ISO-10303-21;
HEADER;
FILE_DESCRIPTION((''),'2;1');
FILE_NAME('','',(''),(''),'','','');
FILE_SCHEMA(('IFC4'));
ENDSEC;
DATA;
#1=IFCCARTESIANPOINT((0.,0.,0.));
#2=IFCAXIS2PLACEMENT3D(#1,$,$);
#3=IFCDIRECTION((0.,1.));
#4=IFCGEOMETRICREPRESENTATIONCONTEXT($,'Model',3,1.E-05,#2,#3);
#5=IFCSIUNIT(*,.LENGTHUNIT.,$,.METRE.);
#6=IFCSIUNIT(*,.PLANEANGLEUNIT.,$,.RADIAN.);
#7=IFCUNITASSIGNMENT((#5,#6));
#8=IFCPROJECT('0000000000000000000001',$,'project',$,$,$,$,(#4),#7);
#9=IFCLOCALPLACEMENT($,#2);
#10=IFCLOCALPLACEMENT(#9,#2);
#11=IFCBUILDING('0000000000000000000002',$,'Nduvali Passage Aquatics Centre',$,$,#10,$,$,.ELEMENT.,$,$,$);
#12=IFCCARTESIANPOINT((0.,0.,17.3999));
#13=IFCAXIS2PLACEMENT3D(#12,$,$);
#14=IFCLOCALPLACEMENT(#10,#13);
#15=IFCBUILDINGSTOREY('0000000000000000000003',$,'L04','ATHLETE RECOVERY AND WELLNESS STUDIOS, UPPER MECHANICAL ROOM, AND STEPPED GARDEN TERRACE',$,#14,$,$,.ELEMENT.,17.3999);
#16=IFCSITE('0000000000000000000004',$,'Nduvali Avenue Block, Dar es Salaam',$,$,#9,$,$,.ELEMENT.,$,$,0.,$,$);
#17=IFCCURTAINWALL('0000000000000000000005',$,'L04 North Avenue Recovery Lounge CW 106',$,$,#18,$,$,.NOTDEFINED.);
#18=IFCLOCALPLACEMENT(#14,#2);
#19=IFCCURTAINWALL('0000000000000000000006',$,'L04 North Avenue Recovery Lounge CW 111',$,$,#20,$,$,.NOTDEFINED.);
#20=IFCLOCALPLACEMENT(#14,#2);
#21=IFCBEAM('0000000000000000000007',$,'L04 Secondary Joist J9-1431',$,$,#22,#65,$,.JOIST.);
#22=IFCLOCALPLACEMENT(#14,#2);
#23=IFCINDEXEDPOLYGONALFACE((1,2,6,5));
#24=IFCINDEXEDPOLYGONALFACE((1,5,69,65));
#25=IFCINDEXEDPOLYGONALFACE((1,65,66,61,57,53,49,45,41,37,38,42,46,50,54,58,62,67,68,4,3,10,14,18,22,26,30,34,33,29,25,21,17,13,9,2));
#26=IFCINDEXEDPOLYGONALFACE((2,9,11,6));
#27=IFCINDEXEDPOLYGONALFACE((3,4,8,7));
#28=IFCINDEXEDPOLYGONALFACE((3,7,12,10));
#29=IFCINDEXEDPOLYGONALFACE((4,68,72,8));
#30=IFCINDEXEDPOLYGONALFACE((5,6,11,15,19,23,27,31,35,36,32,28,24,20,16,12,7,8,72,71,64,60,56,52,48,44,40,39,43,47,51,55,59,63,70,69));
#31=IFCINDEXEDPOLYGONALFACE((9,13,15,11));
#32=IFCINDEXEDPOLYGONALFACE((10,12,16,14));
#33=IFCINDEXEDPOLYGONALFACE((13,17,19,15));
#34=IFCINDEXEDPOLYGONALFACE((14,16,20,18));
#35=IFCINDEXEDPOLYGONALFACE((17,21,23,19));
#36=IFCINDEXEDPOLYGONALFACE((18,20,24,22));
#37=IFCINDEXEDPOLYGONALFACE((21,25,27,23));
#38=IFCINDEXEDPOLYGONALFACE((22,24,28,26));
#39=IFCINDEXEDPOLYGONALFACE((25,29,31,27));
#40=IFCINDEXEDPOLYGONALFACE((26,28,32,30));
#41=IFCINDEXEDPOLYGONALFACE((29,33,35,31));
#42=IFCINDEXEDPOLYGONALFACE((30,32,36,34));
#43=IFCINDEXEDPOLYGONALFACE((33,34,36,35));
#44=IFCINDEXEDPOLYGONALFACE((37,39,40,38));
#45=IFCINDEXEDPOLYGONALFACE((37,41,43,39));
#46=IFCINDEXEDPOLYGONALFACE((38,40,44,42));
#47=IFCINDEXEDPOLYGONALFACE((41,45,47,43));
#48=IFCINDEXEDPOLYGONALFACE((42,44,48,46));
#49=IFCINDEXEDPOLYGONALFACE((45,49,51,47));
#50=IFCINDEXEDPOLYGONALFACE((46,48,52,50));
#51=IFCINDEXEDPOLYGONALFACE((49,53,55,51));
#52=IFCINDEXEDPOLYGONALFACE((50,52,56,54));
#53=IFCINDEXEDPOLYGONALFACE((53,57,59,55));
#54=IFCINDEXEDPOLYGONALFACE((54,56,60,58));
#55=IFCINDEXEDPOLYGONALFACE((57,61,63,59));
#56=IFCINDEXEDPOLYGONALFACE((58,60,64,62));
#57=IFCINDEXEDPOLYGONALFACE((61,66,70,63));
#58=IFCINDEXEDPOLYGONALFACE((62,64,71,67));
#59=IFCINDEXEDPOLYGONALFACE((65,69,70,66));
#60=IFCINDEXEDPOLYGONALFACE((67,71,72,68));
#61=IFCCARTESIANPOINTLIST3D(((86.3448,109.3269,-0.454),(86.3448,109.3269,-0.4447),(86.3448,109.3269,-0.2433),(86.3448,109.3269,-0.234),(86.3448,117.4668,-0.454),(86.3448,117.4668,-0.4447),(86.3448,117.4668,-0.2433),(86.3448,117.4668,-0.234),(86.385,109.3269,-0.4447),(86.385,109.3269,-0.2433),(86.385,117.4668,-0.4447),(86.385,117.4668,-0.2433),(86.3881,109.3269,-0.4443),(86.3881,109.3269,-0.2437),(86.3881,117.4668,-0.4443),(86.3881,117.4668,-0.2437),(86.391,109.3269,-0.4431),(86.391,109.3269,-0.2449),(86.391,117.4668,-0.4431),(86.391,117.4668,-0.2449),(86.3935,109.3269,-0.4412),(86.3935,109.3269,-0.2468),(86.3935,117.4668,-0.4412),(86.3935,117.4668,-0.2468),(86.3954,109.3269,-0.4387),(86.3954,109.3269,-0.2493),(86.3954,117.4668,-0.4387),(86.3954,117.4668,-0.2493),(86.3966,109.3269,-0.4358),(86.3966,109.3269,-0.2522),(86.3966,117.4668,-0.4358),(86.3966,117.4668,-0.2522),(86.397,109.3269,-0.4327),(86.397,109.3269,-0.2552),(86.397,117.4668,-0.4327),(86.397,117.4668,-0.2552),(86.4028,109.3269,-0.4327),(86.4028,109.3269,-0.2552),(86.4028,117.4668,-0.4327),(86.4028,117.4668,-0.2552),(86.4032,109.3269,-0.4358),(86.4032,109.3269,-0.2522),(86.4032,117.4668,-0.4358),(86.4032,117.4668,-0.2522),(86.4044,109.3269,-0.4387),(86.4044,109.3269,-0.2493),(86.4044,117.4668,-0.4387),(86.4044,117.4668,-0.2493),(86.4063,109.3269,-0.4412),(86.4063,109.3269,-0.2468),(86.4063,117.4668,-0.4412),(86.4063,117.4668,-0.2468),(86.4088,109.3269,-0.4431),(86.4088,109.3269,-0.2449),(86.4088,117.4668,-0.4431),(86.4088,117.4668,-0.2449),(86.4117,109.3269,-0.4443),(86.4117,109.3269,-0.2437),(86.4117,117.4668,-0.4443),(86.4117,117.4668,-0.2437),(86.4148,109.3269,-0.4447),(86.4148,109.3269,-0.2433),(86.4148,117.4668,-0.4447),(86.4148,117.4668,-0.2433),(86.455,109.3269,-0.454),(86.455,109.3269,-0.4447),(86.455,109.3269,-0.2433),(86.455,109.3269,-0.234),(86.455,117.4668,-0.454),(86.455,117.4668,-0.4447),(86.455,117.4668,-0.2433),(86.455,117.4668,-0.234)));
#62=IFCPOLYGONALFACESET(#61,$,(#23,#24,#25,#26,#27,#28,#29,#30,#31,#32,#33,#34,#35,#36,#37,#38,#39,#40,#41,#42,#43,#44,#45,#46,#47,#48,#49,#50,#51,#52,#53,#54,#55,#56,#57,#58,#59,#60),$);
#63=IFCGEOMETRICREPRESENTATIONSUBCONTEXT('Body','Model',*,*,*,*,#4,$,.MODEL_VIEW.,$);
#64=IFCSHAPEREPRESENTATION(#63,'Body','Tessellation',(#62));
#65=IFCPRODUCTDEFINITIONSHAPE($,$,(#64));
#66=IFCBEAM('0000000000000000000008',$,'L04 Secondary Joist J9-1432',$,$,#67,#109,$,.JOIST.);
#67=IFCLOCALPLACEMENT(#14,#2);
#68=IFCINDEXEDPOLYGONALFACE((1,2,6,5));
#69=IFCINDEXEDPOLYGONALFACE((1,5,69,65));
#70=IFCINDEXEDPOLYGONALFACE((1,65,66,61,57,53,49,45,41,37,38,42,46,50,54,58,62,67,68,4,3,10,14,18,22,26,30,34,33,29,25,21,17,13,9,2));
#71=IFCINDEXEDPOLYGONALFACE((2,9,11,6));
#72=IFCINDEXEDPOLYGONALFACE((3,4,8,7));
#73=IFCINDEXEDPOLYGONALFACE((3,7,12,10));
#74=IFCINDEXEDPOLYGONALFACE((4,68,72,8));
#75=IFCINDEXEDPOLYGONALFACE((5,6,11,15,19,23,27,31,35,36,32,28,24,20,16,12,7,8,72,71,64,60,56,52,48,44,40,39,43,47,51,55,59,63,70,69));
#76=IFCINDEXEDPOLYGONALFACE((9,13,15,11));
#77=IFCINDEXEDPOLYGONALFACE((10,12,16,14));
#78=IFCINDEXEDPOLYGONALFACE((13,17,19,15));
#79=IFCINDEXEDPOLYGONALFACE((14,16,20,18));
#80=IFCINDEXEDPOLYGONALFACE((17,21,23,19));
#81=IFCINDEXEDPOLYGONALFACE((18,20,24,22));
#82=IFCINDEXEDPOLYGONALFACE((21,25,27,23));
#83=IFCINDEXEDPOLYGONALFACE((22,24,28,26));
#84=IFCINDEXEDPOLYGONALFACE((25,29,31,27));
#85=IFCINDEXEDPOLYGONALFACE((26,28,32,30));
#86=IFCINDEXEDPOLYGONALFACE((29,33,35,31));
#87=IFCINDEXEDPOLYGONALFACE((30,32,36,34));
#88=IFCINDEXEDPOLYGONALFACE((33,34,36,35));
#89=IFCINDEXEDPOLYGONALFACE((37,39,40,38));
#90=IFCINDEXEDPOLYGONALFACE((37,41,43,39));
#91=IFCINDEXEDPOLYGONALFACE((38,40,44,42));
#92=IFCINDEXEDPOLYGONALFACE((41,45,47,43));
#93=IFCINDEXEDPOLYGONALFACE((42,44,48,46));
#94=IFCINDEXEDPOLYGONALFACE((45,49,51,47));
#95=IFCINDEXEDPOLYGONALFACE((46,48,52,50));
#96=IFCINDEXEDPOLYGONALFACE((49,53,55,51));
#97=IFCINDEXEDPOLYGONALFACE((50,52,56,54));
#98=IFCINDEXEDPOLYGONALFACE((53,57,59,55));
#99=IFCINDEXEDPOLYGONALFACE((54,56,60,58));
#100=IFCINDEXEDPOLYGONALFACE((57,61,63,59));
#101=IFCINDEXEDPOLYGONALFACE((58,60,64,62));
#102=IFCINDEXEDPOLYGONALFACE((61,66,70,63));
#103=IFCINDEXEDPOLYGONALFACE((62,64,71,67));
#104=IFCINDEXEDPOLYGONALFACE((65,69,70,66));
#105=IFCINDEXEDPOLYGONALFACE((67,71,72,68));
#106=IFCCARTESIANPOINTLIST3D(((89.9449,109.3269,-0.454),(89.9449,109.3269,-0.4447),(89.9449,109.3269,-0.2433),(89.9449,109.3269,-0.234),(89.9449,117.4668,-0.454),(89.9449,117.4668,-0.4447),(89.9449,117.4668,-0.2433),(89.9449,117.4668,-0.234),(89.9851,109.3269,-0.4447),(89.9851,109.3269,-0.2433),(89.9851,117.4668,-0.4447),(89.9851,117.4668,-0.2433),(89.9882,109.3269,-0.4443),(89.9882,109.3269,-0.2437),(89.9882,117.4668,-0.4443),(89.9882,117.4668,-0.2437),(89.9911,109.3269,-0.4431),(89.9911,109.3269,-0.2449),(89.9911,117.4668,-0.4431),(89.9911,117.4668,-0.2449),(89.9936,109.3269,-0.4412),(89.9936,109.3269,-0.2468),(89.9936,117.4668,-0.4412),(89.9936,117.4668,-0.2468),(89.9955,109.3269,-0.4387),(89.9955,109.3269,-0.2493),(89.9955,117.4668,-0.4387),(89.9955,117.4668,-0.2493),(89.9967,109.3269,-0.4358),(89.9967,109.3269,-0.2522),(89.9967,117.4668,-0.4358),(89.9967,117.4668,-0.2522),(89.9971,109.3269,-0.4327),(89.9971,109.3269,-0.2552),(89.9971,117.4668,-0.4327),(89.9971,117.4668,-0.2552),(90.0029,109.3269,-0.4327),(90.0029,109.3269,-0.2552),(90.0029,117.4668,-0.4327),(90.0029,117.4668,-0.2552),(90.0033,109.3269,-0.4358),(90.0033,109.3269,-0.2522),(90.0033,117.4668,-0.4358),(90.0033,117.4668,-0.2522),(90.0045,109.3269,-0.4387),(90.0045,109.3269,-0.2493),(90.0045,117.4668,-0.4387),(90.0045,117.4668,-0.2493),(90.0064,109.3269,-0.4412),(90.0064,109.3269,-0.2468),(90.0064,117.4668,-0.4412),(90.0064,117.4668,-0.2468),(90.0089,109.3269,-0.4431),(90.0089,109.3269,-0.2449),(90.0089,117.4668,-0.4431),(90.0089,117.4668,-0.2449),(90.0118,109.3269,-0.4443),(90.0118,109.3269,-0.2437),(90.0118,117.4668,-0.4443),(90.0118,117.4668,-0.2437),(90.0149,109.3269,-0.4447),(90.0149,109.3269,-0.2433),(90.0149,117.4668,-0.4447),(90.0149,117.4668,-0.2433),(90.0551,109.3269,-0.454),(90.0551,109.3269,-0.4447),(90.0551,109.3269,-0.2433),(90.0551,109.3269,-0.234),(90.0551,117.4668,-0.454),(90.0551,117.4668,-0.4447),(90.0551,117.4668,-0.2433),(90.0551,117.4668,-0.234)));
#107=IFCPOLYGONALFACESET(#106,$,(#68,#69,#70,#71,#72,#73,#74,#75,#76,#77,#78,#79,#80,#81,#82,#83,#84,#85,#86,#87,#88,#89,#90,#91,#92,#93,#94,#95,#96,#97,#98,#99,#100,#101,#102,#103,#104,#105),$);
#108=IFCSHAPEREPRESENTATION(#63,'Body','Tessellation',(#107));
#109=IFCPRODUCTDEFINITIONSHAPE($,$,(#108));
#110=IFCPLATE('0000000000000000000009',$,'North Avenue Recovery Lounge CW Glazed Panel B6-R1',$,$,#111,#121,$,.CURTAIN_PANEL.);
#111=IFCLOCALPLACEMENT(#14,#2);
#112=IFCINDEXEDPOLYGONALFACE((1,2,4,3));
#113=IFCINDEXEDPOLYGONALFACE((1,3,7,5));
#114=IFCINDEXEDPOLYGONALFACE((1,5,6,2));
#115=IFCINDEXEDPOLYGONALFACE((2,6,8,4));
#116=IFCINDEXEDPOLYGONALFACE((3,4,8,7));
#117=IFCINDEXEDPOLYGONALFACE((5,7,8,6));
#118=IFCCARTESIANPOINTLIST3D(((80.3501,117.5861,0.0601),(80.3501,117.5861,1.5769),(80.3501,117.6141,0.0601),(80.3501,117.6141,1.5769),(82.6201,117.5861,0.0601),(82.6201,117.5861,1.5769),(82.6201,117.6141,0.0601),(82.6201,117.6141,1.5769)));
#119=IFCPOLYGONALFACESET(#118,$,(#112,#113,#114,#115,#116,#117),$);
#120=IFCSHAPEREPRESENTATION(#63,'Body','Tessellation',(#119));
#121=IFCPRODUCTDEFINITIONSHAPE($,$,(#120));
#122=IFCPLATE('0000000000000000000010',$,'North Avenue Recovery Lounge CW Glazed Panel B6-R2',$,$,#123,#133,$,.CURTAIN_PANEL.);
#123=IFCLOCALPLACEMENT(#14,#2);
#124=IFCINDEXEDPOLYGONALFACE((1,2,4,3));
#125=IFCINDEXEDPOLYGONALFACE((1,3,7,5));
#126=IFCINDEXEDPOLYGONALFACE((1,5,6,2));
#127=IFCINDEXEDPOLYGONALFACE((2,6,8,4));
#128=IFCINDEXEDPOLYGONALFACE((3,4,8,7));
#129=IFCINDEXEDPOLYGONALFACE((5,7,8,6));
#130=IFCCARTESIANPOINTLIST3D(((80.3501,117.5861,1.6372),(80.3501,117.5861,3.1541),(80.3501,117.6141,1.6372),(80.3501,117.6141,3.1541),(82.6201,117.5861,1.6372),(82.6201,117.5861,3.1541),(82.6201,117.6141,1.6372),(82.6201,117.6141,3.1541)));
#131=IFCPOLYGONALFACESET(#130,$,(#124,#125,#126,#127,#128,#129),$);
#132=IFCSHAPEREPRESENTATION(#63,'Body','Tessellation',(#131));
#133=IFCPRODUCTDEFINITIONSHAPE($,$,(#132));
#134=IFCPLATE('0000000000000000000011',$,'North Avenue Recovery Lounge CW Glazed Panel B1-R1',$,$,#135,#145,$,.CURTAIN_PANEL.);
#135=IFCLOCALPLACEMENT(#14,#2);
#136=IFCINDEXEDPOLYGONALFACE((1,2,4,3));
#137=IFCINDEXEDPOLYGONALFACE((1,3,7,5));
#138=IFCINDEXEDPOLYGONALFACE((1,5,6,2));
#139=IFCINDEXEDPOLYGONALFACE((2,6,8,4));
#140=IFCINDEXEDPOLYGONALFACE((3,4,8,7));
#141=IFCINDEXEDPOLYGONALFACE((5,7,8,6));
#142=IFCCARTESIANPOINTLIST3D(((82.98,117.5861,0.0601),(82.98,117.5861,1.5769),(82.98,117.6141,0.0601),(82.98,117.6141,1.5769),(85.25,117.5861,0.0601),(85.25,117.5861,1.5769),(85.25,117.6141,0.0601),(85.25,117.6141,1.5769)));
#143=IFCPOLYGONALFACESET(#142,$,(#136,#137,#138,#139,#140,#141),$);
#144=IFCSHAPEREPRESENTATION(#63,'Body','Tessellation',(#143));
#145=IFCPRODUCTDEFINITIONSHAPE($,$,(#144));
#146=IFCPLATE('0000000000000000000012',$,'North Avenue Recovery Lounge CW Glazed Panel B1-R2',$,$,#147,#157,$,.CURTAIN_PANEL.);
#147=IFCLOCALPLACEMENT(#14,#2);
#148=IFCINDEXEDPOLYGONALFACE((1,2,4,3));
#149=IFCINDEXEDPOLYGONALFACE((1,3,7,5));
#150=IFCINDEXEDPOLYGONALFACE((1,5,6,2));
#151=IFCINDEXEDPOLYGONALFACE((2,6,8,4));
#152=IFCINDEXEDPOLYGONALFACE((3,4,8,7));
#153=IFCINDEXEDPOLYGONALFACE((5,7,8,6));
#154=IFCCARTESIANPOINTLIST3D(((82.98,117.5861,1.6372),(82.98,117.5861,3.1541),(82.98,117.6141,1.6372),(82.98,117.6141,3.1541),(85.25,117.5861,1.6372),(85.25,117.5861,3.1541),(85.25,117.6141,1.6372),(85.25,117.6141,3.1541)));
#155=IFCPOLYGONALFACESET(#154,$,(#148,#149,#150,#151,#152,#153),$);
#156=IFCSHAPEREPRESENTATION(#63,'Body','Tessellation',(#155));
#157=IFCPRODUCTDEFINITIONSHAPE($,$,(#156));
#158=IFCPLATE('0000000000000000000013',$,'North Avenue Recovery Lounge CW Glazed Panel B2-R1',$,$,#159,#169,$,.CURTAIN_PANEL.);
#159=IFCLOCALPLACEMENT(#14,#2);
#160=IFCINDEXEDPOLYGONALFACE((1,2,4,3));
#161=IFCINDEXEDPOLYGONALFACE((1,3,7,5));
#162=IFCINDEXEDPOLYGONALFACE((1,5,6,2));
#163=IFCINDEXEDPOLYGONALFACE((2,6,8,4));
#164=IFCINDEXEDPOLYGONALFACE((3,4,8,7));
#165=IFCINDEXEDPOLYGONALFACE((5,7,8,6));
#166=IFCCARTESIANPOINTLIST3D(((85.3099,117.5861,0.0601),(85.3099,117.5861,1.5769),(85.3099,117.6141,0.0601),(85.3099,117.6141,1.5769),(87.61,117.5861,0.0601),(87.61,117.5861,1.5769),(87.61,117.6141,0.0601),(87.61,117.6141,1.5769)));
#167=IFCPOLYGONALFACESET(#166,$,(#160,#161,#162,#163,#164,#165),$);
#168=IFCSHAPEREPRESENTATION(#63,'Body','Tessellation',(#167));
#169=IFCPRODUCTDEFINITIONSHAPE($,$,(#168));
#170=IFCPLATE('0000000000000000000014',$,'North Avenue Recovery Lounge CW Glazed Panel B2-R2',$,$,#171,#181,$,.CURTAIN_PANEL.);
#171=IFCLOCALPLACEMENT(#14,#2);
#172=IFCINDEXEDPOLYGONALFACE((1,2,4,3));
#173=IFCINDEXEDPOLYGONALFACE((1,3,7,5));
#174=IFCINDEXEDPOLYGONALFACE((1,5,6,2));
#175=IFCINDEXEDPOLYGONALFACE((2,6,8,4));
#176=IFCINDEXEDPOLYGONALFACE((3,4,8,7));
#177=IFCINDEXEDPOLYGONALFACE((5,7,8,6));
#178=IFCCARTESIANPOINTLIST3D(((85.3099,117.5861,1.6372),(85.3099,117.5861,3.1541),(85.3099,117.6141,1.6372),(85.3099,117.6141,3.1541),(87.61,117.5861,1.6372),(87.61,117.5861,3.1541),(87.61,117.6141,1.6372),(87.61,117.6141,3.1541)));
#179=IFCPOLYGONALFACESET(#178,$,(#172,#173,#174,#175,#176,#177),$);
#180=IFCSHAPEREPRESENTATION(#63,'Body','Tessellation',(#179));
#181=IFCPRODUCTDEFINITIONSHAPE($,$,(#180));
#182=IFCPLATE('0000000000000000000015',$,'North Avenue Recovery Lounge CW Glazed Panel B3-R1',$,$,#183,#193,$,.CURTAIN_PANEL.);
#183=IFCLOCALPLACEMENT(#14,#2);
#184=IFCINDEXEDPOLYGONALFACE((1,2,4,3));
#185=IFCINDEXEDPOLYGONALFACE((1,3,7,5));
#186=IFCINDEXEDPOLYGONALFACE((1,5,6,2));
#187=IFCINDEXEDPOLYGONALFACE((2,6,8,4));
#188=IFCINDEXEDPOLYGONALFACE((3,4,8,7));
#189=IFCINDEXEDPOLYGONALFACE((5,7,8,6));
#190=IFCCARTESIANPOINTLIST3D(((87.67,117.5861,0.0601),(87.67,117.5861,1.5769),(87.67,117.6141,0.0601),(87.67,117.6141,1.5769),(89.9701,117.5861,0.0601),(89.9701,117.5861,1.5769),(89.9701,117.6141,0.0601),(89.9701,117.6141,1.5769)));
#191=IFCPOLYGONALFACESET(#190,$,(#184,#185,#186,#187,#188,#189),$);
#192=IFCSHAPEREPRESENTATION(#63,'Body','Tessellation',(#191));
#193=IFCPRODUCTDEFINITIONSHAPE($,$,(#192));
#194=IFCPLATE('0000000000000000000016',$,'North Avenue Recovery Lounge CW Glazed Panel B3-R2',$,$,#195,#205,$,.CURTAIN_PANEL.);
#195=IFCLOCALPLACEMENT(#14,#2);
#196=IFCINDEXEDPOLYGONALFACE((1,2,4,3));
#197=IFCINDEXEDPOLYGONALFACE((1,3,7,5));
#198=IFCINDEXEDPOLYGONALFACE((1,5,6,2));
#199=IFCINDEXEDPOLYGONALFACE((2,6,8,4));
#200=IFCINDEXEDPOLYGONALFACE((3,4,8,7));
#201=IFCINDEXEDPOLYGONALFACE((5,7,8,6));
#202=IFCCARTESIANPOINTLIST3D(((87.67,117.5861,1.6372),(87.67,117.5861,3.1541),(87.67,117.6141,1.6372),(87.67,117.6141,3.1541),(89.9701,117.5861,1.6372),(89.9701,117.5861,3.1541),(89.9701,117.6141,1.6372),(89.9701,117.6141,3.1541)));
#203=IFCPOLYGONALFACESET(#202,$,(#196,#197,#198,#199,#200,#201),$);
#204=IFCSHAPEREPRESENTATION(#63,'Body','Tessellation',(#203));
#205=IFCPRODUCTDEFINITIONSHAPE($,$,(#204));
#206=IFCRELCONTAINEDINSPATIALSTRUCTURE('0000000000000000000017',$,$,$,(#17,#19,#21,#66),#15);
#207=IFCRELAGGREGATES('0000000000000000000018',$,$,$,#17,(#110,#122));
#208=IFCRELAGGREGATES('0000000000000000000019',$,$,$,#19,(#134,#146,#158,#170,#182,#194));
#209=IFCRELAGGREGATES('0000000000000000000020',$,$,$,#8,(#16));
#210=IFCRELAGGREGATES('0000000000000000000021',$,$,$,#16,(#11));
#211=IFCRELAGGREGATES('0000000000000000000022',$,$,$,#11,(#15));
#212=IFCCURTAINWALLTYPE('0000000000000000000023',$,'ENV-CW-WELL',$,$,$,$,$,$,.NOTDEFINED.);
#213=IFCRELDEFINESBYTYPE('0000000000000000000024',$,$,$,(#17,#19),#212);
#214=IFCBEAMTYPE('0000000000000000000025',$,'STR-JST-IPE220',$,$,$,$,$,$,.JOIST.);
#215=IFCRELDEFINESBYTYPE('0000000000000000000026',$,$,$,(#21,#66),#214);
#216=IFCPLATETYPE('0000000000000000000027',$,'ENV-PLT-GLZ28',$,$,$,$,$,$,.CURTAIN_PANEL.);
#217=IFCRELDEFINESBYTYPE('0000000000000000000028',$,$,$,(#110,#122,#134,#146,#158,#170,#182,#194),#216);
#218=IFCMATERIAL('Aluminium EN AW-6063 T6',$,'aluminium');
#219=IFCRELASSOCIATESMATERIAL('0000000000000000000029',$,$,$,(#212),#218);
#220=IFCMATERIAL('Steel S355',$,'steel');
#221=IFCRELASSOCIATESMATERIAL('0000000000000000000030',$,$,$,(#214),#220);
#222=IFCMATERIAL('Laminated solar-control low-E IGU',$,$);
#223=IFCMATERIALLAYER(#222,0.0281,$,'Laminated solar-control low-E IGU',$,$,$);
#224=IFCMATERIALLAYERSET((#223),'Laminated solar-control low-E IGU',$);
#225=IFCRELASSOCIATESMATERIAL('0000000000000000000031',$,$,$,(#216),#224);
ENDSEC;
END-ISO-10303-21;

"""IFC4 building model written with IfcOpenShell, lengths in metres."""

from ifc_helpers import new_model, si_unit, direction, frame, origin, origin_2d, place, context, subcontext, project, spatial, rectangle, i_section, extrude, material, layer, layer_set, material_profile, profile_set, type_object, element, aggregate, save


model = new_model("IFC4")

# Units and contexts
model_context = context("Model", 3, precision=1e-05, world=origin(), true_north=direction((0.0, 1.0)))
body_context = subcontext(model_context, "Body", "Model", "MODEL_VIEW")
ifc_project = project(units=[si_unit("LENGTHUNIT", "METRE"), si_unit("PLANEANGLEUNIT", "RADIAN")], contexts=[model_context])

# Site, building, storey
site_placement = place(None, origin())
site = spatial("IfcSite", under=ifc_project, at=site_placement, Name="Nduvali Avenue Block, Dar es Salaam", CompositionType="ELEMENT", RefElevation=0.0)
building_placement = place(site_placement, origin())
building = spatial("IfcBuilding", under=site, at=building_placement, Name="Nduvali Passage Aquatics Centre", CompositionType="ELEMENT")
storey_placement = place(building_placement, frame((0.0, 0.0, 17.3999)))
storey = spatial("IfcBuildingStorey", under=building, at=storey_placement, Name="L04", Description="ATHLETE RECOVERY AND WELLNESS STUDIOS, UPPER MECHANICAL ROOM, AND STEPPED GARDEN TERRACE", CompositionType="ELEMENT", Elevation=17.3999)

# Shared definitions
ifc_material_1 = material(Name="Steel S355", Category="steel")

# Curtain wall
ifc_material_2 = material(Name="Aluminium EN AW-6063 T6", Category="aluminium")
curtain_wall_type = type_object("IfcCurtainWallType", Name="ENV-CW-WELL", PredefinedType="NOTDEFINED", material=ifc_material_2)
curtain_wall_1_placement = place(storey_placement, origin())
curtain_wall_1 = element("IfcCurtainWall", 1, at=curtain_wall_1_placement, inside=storey, type_object=curtain_wall_type, Name="L04 North Avenue Recovery Lounge CW 106", PredefinedType="NOTDEFINED")

# Curtain wall
curtain_wall_2_placement = place(storey_placement, origin())
curtain_wall_2 = element("IfcCurtainWall", 2, at=curtain_wall_2_placement, inside=storey, type_object=curtain_wall_type, Name="L04 North Avenue Recovery Lounge CW 111", PredefinedType="NOTDEFINED")

# Beams
ifc_material_profile_1 = material_profile(ifc_material_1, i_section(OverallWidth=0.1101, OverallDepth=0.22, WebThickness=0.0059, FlangeThickness=0.0093, FilletRadius=0.012, at=origin_2d()), Name="IPE 220")
ifc_profile_set_1 = profile_set([ifc_material_profile_1], Name="Steel S355")
beam_type_1 = type_object("IfcBeamType", Name="STR-JST-IPE220", PredefinedType="JOIST", material=ifc_profile_set_1)
for number, where, z_axis, x_axis, name in (
    (3, (86.3999, 109.3269, -0.344), (0.0, 1.0, 0.0), (-1.0, 0.0, 0.0), "L04 Secondary Joist J9-1431"),
    (4, (90.0, 109.3269, -0.344), (0.0, 1.0, 0.0), (-1.0, 0.0, 0.0), "L04 Secondary Joist J9-1432"),
):
    element("IfcBeam", number, at=place(storey_placement, frame(where, z_axis=z_axis, x_axis=x_axis)), inside=storey, type_object=beam_type_1, Name=name, PredefinedType="JOIST", context=body_context, shape_type="SweptSolid", body=[
        extrude(i_section(OverallWidth=0.1101, OverallDepth=0.22, WebThickness=0.0059, FlangeThickness=0.0093, FilletRadius=0.012, at=origin_2d()), origin(), (0.0, 0.0, 1.0), 8.1399),
    ])

# Plates
ifc_material_3 = material(Name="Laminated solar-control low-E IGU")
ifc_layer = layer(ifc_material_3, 0.0281, Name="Laminated solar-control low-E IGU")
ifc_layer_set = layer_set([ifc_layer], Name="Laminated solar-control low-E IGU")
plate_type = type_object("IfcPlateType", Name="ENV-PLT-GLZ28", PredefinedType="CURTAIN_PANEL", material=ifc_layer_set)
plate_1_placement = place(storey_placement, frame((81.4851, 117.6001, 0.0601), z_axis=(0.0, 0.0, 1.0), x_axis=(1.0, 0.0, 0.0)))
plate_1 = element("IfcPlate", 5, at=plate_1_placement, type_object=plate_type, Name="North Avenue Recovery Lounge CW Glazed Panel B6-R1", PredefinedType="CURTAIN_PANEL", context=body_context, shape_type="SweptSolid", body=[
    extrude(rectangle(XDim=2.27, YDim=0.0281, at=origin_2d()), origin(), (0.0, 0.0, 1.0), 1.5168),
])
plate_2_placement = place(storey_placement, frame((81.4851, 117.6001, 1.6372), z_axis=(0.0, 0.0, 1.0), x_axis=(1.0, 0.0, 0.0)))
plate_2 = element("IfcPlate", 6, at=plate_2_placement, type_object=plate_type, Name="North Avenue Recovery Lounge CW Glazed Panel B6-R2", PredefinedType="CURTAIN_PANEL", context=body_context, shape_type="SweptSolid", body=[
    extrude(rectangle(XDim=2.27, YDim=0.0281, at=origin_2d()), origin(), (0.0, 0.0, 1.0), 1.5168),
])
aggregate(curtain_wall_1, [plate_1, plate_2])
plate_3_placement = place(storey_placement, frame((84.115, 117.6001, 0.0601), z_axis=(0.0, 0.0, 1.0), x_axis=(1.0, 0.0, 0.0)))
plate_3 = element("IfcPlate", 7, at=plate_3_placement, type_object=plate_type, Name="North Avenue Recovery Lounge CW Glazed Panel B1-R1", PredefinedType="CURTAIN_PANEL", context=body_context, shape_type="SweptSolid", body=[
    extrude(rectangle(XDim=2.27, YDim=0.0281, at=origin_2d()), origin(), (0.0, 0.0, 1.0), 1.5168),
])
plate_4_placement = place(storey_placement, frame((84.115, 117.6001, 1.6372), z_axis=(0.0, 0.0, 1.0), x_axis=(1.0, 0.0, 0.0)))
plate_4 = element("IfcPlate", 8, at=plate_4_placement, type_object=plate_type, Name="North Avenue Recovery Lounge CW Glazed Panel B1-R2", PredefinedType="CURTAIN_PANEL", context=body_context, shape_type="SweptSolid", body=[
    extrude(rectangle(XDim=2.27, YDim=0.0281, at=origin_2d()), origin(), (0.0, 0.0, 1.0), 1.5168),
])
plate_5_placement = place(storey_placement, frame((86.46, 117.6001, 0.0601), z_axis=(0.0, 0.0, 1.0), x_axis=(1.0, 0.0, 0.0)))
plate_5 = element("IfcPlate", 9, at=plate_5_placement, type_object=plate_type, Name="North Avenue Recovery Lounge CW Glazed Panel B2-R1", PredefinedType="CURTAIN_PANEL", context=body_context, shape_type="SweptSolid", body=[
    extrude(rectangle(XDim=2.3, YDim=0.0281, at=origin_2d()), origin(), (0.0, 0.0, 1.0), 1.5168),
])
plate_6_placement = place(storey_placement, frame((86.46, 117.6001, 1.6372), z_axis=(0.0, 0.0, 1.0), x_axis=(1.0, 0.0, 0.0)))
plate_6 = element("IfcPlate", 10, at=plate_6_placement, type_object=plate_type, Name="North Avenue Recovery Lounge CW Glazed Panel B2-R2", PredefinedType="CURTAIN_PANEL", context=body_context, shape_type="SweptSolid", body=[
    extrude(rectangle(XDim=2.3, YDim=0.0281, at=origin_2d()), origin(), (0.0, 0.0, 1.0), 1.5168),
])
plate_7_placement = place(storey_placement, frame((88.8201, 117.6001, 0.0601), z_axis=(0.0, 0.0, 1.0), x_axis=(1.0, 0.0, 0.0)))
plate_7 = element("IfcPlate", 11, at=plate_7_placement, type_object=plate_type, Name="North Avenue Recovery Lounge CW Glazed Panel B3-R1", PredefinedType="CURTAIN_PANEL", context=body_context, shape_type="SweptSolid", body=[
    extrude(rectangle(XDim=2.3, YDim=0.0281, at=origin_2d()), origin(), (0.0, 0.0, 1.0), 1.5168),
])
plate_8_placement = place(storey_placement, frame((88.8201, 117.6001, 1.6372), z_axis=(0.0, 0.0, 1.0), x_axis=(1.0, 0.0, 0.0)))
plate_8 = element("IfcPlate", 12, at=plate_8_placement, type_object=plate_type, Name="North Avenue Recovery Lounge CW Glazed Panel B3-R2", PredefinedType="CURTAIN_PANEL", context=body_context, shape_type="SweptSolid", body=[
    extrude(rectangle(XDim=2.3, YDim=0.0281, at=origin_2d()), origin(), (0.0, 0.0, 1.0), 1.5168),
])
aggregate(curtain_wall_2, [plate_3, plate_4, plate_5, plate_6, plate_7, plate_8])

save(model, "model.ifc")
